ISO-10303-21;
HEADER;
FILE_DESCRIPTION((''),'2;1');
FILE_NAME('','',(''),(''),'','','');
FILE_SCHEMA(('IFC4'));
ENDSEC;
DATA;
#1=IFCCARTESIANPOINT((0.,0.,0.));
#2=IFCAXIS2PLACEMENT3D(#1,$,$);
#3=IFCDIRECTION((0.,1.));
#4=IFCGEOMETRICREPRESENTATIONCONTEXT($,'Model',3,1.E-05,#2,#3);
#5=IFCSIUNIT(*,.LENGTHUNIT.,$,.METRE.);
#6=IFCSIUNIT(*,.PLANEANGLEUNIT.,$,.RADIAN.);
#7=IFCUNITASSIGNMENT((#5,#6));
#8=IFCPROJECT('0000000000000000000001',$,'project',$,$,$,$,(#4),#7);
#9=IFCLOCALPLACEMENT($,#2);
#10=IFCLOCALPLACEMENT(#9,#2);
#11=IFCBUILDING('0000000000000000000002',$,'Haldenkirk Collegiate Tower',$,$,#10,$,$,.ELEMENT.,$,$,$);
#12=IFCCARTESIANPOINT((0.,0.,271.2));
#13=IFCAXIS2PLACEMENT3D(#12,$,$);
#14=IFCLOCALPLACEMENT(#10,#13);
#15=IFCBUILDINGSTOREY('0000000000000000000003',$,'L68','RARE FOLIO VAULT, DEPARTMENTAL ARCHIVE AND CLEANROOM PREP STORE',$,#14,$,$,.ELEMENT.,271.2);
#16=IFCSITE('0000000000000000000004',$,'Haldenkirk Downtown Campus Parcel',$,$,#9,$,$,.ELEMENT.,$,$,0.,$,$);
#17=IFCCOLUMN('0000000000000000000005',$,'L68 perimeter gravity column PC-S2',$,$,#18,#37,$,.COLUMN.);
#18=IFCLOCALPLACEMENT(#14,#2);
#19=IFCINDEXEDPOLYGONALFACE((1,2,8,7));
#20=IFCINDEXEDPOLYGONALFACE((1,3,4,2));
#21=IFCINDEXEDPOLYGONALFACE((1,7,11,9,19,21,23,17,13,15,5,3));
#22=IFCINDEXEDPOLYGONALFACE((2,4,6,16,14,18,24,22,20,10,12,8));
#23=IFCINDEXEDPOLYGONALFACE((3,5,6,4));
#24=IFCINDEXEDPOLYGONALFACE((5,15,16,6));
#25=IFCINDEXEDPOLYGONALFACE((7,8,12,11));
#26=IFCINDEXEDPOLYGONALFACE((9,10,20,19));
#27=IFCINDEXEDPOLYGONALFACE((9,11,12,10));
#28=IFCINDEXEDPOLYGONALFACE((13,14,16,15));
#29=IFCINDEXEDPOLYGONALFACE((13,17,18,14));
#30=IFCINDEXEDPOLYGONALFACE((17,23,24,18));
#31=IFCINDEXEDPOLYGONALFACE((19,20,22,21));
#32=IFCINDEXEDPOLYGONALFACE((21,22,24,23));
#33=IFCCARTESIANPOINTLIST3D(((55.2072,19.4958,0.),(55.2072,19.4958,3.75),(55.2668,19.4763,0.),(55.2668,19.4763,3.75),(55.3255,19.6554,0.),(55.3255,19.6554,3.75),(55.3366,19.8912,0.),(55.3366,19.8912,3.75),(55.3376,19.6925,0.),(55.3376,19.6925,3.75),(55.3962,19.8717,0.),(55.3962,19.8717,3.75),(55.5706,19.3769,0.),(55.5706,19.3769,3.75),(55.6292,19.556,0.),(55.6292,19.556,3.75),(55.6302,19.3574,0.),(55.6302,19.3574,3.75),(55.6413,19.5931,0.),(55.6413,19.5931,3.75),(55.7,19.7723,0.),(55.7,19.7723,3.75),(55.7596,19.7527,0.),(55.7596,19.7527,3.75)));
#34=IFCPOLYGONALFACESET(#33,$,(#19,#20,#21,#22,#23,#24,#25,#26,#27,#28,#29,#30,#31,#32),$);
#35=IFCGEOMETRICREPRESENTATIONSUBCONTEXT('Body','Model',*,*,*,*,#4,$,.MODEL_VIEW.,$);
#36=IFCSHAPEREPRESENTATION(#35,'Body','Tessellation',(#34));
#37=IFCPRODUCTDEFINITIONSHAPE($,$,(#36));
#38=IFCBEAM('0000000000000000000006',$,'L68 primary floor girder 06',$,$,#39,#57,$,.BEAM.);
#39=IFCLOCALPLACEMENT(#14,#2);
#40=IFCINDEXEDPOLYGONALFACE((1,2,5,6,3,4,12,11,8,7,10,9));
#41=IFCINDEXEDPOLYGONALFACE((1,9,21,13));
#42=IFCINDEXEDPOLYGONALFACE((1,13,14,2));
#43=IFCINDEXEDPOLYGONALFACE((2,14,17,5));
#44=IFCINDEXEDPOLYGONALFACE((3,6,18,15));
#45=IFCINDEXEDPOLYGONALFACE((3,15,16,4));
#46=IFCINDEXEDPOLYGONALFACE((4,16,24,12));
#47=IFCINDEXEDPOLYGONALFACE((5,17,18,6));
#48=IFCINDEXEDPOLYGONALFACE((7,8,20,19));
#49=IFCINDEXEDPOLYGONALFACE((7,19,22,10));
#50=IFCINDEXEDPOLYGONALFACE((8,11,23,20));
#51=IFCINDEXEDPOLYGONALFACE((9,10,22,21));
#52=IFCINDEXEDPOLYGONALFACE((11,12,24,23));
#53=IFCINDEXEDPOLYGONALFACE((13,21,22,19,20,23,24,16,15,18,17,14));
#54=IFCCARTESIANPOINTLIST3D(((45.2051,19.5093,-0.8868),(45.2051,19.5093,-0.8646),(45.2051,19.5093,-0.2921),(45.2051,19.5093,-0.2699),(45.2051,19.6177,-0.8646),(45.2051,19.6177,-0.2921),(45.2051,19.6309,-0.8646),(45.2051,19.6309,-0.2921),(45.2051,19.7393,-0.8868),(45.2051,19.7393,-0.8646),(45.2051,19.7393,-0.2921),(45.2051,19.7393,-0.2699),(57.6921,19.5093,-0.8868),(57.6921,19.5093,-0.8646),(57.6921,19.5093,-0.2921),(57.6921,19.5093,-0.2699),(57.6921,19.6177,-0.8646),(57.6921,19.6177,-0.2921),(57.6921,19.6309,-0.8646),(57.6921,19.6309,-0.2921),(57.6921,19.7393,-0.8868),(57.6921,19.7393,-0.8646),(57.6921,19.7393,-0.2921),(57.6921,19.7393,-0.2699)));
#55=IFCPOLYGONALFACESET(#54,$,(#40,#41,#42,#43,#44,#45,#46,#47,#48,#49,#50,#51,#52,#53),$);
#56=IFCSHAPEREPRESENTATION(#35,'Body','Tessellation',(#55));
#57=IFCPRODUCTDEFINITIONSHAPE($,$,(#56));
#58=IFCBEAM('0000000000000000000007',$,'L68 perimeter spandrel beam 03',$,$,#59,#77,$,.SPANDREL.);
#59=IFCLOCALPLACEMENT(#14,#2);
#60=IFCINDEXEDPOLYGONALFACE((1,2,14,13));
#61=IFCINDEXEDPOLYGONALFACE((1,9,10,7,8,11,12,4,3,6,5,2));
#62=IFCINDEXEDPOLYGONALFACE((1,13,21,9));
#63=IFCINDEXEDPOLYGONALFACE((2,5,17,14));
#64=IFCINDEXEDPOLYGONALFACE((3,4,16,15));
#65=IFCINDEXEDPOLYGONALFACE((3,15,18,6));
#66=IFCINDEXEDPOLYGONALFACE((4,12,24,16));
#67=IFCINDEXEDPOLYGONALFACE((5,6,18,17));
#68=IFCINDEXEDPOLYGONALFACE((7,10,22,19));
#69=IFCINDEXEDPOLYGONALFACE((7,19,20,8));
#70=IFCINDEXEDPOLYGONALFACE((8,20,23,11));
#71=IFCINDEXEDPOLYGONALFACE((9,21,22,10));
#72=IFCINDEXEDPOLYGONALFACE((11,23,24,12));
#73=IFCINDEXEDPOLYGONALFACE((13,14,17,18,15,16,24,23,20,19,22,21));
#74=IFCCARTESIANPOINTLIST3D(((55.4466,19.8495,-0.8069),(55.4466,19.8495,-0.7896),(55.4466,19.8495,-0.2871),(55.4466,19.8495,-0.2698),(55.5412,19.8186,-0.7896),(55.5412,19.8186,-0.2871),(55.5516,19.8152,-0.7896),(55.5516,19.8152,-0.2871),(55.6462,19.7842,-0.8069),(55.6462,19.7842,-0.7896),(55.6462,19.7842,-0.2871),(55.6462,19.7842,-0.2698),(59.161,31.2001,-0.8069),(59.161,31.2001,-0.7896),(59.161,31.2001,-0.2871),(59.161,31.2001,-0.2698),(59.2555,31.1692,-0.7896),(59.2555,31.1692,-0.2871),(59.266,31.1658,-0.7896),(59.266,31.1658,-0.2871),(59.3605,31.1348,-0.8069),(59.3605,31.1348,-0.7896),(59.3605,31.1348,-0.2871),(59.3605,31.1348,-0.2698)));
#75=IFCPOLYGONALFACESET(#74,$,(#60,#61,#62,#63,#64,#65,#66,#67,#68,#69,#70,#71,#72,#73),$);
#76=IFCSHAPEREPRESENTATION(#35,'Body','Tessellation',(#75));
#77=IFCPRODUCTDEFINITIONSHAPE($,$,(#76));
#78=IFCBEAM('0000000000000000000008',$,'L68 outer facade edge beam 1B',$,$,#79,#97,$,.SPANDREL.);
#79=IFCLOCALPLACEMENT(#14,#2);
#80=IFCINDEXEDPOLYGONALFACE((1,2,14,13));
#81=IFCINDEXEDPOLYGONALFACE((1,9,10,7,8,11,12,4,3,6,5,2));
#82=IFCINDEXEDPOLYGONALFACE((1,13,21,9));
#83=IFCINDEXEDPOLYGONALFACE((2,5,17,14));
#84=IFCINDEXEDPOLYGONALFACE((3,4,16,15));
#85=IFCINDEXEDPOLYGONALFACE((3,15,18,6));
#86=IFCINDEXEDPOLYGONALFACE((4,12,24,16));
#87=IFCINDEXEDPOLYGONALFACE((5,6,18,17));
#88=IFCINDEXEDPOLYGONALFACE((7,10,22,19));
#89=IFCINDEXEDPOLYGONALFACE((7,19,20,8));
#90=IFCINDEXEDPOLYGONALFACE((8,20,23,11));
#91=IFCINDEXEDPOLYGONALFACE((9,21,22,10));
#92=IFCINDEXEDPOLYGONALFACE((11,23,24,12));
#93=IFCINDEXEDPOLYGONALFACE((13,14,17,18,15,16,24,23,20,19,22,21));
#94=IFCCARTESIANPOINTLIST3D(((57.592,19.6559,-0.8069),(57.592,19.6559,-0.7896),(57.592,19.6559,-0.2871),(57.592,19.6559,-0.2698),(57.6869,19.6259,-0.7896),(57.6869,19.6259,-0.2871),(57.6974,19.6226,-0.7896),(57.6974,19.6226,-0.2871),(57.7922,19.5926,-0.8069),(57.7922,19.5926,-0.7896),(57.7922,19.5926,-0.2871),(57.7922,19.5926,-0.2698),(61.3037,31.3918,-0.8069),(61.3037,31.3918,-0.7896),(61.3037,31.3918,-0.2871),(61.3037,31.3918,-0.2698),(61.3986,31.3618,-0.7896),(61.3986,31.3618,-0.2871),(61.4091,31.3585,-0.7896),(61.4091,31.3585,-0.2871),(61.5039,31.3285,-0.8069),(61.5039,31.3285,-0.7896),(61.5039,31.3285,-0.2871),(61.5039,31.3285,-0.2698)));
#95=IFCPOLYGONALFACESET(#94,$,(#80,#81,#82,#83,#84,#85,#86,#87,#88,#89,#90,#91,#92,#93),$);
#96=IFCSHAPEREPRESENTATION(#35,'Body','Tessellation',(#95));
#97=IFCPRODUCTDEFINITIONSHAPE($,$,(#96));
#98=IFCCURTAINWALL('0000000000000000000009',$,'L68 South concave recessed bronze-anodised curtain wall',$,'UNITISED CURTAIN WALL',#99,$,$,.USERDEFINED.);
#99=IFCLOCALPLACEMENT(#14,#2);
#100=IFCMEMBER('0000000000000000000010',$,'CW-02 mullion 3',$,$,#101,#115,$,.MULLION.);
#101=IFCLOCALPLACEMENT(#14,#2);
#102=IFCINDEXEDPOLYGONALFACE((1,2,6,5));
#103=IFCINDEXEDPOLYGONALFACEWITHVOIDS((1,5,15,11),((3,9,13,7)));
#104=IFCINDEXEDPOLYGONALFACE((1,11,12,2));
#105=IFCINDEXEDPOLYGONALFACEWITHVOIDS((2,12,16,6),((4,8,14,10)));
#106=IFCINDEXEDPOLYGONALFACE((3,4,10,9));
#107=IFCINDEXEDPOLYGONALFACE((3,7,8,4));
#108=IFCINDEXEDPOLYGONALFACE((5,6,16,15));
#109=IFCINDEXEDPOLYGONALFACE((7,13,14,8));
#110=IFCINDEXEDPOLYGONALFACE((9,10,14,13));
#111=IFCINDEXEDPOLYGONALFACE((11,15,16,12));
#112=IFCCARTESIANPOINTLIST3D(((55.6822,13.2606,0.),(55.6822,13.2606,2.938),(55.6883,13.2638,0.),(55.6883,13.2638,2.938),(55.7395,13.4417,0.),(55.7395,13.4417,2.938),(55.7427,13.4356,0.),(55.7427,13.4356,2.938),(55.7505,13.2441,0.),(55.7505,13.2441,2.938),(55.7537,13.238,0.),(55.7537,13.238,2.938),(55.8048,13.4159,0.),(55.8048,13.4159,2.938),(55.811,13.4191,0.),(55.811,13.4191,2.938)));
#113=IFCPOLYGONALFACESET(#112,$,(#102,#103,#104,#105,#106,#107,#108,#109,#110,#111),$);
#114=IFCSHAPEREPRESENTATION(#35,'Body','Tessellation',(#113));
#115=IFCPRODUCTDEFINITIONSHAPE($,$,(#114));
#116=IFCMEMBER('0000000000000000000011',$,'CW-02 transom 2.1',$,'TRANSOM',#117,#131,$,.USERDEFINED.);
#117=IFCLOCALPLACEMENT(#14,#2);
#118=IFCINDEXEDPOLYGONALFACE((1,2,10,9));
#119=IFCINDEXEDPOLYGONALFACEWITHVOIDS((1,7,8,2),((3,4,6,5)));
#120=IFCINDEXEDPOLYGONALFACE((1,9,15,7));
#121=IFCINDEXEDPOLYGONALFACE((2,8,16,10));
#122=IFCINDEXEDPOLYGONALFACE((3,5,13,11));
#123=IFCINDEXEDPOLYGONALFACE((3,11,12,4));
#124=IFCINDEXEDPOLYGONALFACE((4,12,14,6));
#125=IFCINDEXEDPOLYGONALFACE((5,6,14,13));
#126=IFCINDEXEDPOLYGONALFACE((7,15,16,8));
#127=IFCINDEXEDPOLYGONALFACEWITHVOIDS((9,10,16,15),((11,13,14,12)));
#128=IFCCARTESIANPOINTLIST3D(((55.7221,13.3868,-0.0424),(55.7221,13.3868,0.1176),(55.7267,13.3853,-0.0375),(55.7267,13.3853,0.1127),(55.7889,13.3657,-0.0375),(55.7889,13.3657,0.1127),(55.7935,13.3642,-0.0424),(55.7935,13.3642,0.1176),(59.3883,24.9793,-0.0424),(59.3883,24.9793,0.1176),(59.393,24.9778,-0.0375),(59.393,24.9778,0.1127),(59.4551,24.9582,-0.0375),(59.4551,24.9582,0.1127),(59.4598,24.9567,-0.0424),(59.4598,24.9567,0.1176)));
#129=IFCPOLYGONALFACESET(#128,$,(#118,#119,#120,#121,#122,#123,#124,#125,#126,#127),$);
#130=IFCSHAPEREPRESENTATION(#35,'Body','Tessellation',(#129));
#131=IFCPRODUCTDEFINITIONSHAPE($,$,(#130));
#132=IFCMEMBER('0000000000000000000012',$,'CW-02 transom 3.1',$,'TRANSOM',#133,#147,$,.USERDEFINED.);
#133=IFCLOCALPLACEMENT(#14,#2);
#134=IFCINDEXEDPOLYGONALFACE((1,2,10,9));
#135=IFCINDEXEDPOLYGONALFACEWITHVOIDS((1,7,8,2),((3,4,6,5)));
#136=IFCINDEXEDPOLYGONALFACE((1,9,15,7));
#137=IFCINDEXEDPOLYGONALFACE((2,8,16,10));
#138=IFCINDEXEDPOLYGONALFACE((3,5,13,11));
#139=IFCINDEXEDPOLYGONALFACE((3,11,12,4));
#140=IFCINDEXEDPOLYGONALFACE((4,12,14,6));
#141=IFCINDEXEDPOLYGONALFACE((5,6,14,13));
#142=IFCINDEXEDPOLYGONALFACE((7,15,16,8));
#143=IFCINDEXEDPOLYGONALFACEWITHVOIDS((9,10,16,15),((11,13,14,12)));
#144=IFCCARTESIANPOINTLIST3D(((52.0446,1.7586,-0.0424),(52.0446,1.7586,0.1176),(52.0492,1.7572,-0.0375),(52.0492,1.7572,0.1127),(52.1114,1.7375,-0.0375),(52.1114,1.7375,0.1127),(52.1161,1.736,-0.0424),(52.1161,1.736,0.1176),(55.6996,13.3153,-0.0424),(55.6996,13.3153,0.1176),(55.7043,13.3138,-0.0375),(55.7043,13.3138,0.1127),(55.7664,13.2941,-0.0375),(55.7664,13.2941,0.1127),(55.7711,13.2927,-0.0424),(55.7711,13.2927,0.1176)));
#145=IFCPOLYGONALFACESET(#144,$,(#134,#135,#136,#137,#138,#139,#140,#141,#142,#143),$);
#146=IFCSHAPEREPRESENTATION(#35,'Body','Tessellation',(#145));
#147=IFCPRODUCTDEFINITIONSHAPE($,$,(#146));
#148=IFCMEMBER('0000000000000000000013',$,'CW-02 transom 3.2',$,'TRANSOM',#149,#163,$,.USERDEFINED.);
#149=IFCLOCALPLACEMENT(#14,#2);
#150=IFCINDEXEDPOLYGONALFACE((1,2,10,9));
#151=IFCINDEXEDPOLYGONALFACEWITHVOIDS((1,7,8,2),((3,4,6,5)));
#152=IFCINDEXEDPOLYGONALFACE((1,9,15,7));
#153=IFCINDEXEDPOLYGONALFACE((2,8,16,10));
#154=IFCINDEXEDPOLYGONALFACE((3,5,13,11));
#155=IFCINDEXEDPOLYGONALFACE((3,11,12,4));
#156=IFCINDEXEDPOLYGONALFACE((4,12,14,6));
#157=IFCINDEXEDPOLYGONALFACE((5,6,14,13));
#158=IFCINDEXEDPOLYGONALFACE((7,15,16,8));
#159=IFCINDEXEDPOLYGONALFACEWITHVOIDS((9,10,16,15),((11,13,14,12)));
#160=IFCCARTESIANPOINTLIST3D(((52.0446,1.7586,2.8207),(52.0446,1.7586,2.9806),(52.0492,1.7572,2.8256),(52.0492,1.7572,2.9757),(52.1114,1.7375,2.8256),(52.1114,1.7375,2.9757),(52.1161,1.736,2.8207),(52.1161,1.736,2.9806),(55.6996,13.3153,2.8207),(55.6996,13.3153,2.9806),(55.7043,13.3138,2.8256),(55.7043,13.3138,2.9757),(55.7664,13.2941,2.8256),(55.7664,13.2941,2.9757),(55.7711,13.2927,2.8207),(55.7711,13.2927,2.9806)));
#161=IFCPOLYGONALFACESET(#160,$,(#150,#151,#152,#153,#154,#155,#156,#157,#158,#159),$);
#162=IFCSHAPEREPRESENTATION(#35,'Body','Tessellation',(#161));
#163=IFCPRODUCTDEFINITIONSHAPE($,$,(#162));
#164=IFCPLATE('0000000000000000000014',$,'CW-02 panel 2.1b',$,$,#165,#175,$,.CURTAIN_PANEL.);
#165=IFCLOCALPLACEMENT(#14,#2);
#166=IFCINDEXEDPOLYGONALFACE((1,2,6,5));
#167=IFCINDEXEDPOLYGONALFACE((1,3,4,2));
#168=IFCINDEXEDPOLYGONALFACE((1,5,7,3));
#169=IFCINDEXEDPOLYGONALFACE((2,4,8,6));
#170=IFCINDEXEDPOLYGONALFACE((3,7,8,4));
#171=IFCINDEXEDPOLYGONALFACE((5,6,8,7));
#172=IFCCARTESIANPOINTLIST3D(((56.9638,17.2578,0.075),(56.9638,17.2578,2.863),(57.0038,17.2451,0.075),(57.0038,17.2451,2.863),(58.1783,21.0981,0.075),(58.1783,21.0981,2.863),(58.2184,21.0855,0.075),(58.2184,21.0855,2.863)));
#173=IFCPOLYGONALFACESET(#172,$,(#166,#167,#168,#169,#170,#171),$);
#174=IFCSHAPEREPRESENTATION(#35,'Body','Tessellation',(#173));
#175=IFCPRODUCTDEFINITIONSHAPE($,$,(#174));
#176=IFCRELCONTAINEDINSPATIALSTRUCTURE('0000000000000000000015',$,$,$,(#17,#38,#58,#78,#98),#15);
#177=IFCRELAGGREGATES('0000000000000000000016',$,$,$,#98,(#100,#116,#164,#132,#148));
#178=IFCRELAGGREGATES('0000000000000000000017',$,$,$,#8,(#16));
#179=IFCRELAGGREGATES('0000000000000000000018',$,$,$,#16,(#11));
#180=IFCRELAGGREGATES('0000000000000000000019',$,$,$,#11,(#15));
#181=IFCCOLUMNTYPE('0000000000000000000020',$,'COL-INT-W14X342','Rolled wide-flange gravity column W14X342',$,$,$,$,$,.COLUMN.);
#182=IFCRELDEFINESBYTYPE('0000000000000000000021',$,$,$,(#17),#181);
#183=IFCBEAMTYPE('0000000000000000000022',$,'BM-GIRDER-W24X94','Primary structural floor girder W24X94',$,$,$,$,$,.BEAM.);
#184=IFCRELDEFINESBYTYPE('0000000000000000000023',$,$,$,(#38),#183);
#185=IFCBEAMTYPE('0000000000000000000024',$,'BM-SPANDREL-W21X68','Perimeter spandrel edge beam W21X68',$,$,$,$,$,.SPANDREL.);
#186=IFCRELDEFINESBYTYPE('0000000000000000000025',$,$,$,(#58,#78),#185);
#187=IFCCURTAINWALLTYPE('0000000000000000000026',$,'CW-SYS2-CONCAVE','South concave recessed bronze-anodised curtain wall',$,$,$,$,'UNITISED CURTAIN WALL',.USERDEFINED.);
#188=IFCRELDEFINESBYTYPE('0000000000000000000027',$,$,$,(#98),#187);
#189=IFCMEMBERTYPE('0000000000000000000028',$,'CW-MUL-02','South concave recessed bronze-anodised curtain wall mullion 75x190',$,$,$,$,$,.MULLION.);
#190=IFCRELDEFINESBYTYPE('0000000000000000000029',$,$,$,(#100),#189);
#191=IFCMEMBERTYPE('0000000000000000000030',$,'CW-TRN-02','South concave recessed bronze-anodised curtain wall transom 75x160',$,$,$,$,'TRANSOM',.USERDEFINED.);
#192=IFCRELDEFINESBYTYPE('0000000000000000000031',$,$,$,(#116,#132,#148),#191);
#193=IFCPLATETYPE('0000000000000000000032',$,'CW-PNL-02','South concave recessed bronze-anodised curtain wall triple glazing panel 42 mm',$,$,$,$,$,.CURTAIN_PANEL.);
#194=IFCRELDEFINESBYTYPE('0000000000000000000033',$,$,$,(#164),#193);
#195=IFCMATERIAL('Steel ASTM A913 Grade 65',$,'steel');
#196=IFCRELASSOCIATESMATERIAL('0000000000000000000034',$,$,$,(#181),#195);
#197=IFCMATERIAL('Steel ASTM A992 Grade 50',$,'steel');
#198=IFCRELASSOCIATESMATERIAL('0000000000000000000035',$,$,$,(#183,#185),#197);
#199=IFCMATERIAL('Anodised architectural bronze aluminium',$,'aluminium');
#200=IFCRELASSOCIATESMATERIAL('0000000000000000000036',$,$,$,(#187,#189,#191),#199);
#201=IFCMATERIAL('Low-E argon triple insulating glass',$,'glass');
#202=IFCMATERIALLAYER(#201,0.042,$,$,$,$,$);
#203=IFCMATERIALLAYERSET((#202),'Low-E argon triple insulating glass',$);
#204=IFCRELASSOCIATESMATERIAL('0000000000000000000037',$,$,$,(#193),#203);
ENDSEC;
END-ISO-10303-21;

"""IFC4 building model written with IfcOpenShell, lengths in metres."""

from ifc_helpers import new_model, si_unit, direction, frame, origin, origin_2d, place, context, subcontext, project, spatial, rectangle, hollow_rectangle, i_section, extrude, source, transform, mapped, material, layer, layer_set, material_profile, profile_set, type_object, element, aggregate, save


model = new_model("IFC4")

# Units and contexts
model_context = context("Model", 3, precision=1e-05, world=origin(), true_north=direction((0.0, 1.0)))
body_context = subcontext(model_context, "Body", "Model", "MODEL_VIEW")
ifc_project = project(units=[si_unit("LENGTHUNIT", "METRE"), si_unit("PLANEANGLEUNIT", "RADIAN")], contexts=[model_context])

# Site, building, storey
site_placement = place(None, origin())
site = spatial("IfcSite", under=ifc_project, at=site_placement, Name="Haldenkirk Downtown Campus Parcel", CompositionType="ELEMENT", RefElevation=0.0)
building_placement = place(site_placement, origin())
building = spatial("IfcBuilding", under=site, at=building_placement, Name="Haldenkirk Collegiate Tower", CompositionType="ELEMENT")
storey_placement = place(building_placement, frame((0.0, 0.0, 271.2)))
storey = spatial("IfcBuildingStorey", under=building, at=storey_placement, Name="L68", Description="RARE FOLIO VAULT, DEPARTMENTAL ARCHIVE AND CLEANROOM PREP STORE", CompositionType="ELEMENT", Elevation=271.2)

# Column
ifc_material_1 = material(Name="Steel ASTM A913 Grade 65", Category="steel")
ifc_material_profile_1 = material_profile(ifc_material_1, i_section(OverallWidth=0.416, OverallDepth=0.4451, WebThickness=0.0391, FlangeThickness=0.0627, at=origin_2d()), Name="W14X342")
ifc_profile_set_1 = profile_set([ifc_material_profile_1], Name="Steel ASTM A913 Grade 65")
column_type = type_object("IfcColumnType", Name="COL-INT-W14X342", Description="Rolled wide-flange gravity column W14X342", PredefinedType="COLUMN", material=ifc_profile_set_1)
column_placement = place(storey_placement, frame((55.4834, 19.6243, 0.0), z_axis=(0.0, 0.0, 1.0), x_axis=(0.311008, 0.950407, 0.0)))
element("IfcColumn", 1, at=column_placement, inside=storey, type_object=column_type, Name="L68 perimeter gravity column PC-S2", PredefinedType="COLUMN", context=body_context, shape_type="SweptSolid", body=[
    extrude(i_section(OverallWidth=0.416, OverallDepth=0.4451, WebThickness=0.0391, FlangeThickness=0.0627, at=origin_2d()), origin(), (0.0, 0.0, 1.0), 3.75),
])

# Beams
ifc_material_2 = material(Name="Steel ASTM A992 Grade 50", Category="steel")
ifc_material_profile_2 = material_profile(ifc_material_2, i_section(OverallWidth=0.23, OverallDepth=0.6169, WebThickness=0.0132, FlangeThickness=0.0222, at=origin_2d()), Name="W24X94")
ifc_profile_set_2 = profile_set([ifc_material_profile_2], Name="Steel ASTM A992 Grade 50")
beam_type_1 = type_object("IfcBeamType", Name="BM-GIRDER-W24X94", Description="Primary structural floor girder W24X94", PredefinedType="BEAM", material=ifc_profile_set_2)
beam_1_placement = place(storey_placement, frame((57.6921, 19.6243, -0.5784), z_axis=(-1.0, 0.0, 0.0), x_axis=(0.0, -1.0, 0.0)))
element("IfcBeam", 2, at=beam_1_placement, inside=storey, type_object=beam_type_1, Name="L68 primary floor girder 06", PredefinedType="BEAM", context=body_context, shape_type="SweptSolid", body=[
    extrude(i_section(OverallWidth=0.23, OverallDepth=0.6169, WebThickness=0.0132, FlangeThickness=0.0222, at=origin_2d()), origin(), (0.0, 0.0, 1.0), 12.4871),
])
ifc_material_profile_3 = material_profile(ifc_material_2, i_section(OverallWidth=0.21, OverallDepth=0.5371, WebThickness=0.011, FlangeThickness=0.0173, at=origin_2d()), Name="W21X68")
ifc_profile_set_3 = profile_set([ifc_material_profile_3], Name="Steel ASTM A992 Grade 50")
beam_type_2 = type_object("IfcBeamType", Name="BM-SPANDREL-W21X68", Description="Perimeter spandrel edge beam W21X68", PredefinedType="SPANDREL", material=ifc_profile_set_3)
beam_2_placement = place(storey_placement, frame((55.5464, 19.8169, -0.5383), z_axis=(0.31101, 0.950407, 0.0), x_axis=(-0.950407, 0.31101, 0.0)))
element("IfcBeam", 3, at=beam_2_placement, inside=storey, type_object=beam_type_2, Name="L68 perimeter spandrel beam 03", PredefinedType="SPANDREL", context=body_context, shape_type="SweptSolid", body=[
    extrude(i_section(OverallWidth=0.21, OverallDepth=0.5371, WebThickness=0.011, FlangeThickness=0.0173, at=origin_2d()), origin(), (0.0, 0.0, 1.0), 11.9429),
])
beam_3_placement = place(storey_placement, frame((57.6921, 19.6243, -0.5383), z_axis=(0.301546, 0.953452, 0.0), x_axis=(-0.953452, 0.301546, 0.0)))
element("IfcBeam", 4, at=beam_3_placement, inside=storey, type_object=beam_type_2, Name="L68 outer facade edge beam 1B", PredefinedType="SPANDREL", context=body_context, shape_type="SweptSolid", body=[
    extrude(i_section(OverallWidth=0.21, OverallDepth=0.5371, WebThickness=0.011, FlangeThickness=0.0173, at=origin_2d()), origin(), (0.0, 0.0, 1.0), 12.3088),
])

# Curtain wall, members, plate
ifc_material_3 = material(Name="Anodised architectural bronze aluminium", Category="aluminium")
curtain_wall_type = type_object("IfcCurtainWallType", Name="CW-SYS2-CONCAVE", Description="South concave recessed bronze-anodised curtain wall", ElementType="UNITISED CURTAIN WALL", PredefinedType="USERDEFINED", material=ifc_material_3)
curtain_wall_placement = place(storey_placement, origin())
curtain_wall = element("IfcCurtainWall", 5, at=curtain_wall_placement, inside=storey, type_object=curtain_wall_type, Name="L68 South concave recessed bronze-anodised curtain wall", ObjectType="UNITISED CURTAIN WALL", PredefinedType="USERDEFINED")
ifc_material_profile_4 = material_profile(ifc_material_3, hollow_rectangle(XDim=0.075, YDim=0.1899, WallThickness=0.0049, at=origin_2d()), Name="CW-MUL-02")
ifc_profile_set_4 = profile_set([ifc_material_profile_4], Name="Anodised architectural bronze aluminium")
member_type_1 = type_object("IfcMemberType", Name="CW-MUL-02", Description="South concave recessed bronze-anodised curtain wall mullion 75x190", PredefinedType="MULLION", material=ifc_profile_set_4)
member_1_placement = place(storey_placement, frame((55.7466, 13.3398, 0.0), z_axis=(0.0, 0.0, 1.0), x_axis=(0.953455, -0.301537, 0.0)))
member_1 = element("IfcMember", 6, at=member_1_placement, type_object=member_type_1, Name="CW-02 mullion 3", PredefinedType="MULLION", context=body_context, shape_type="SweptSolid", body=[
    extrude(hollow_rectangle(XDim=0.075, YDim=0.1899, WallThickness=0.0049, at=origin_2d()), origin(), (0.0, 0.0, 1.0), 2.938),
])
ifc_material_profile_5 = material_profile(ifc_material_3, hollow_rectangle(XDim=0.075, YDim=0.1599, WallThickness=0.0049, at=origin_2d()), Name="CW-TRN-02")
ifc_profile_set_5 = profile_set([ifc_material_profile_5], Name="Anodised architectural bronze aluminium")
member_type_2 = type_object("IfcMemberType", Name="CW-TRN-02", Description="South concave recessed bronze-anodised curtain wall transom 75x160", ElementType="TRANSOM", PredefinedType="USERDEFINED", material=ifc_profile_set_5)
member_2_placement = place(storey_placement, frame((59.4241, 24.968, 0.0376), z_axis=(-0.30154, -0.953454, 0.0), x_axis=(0.953454, -0.30154, 0.0)))
member_2 = element("IfcMember", 7, at=member_2_placement, type_object=member_type_2, Name="CW-02 transom 2.1", ObjectType="TRANSOM", PredefinedType="USERDEFINED", context=body_context, shape_type="SweptSolid", body=[
    extrude(hollow_rectangle(XDim=0.075, YDim=0.1599, WallThickness=0.0049, at=origin_2d()), origin(), (0.0, 0.0, 1.0), 12.1584),
])
member_3_placement = place(storey_placement, frame((55.7354, 13.304, 0.0376), z_axis=(-0.301549, -0.953451, 0.0), x_axis=(0.953451, -0.301549, 0.0)))
member_3 = element("IfcMember", 8, at=member_3_placement, type_object=member_type_2, Name="CW-02 transom 3.1", ObjectType="TRANSOM", PredefinedType="USERDEFINED", context=body_context, shape_type="SweptSolid", body=[
    extrude(hollow_rectangle(XDim=0.075, YDim=0.1599, WallThickness=0.0049, at=origin_2d()), origin(), (0.0, 0.0, 1.0), 12.1208),
])
member_4_placement = place(storey_placement, frame((55.7354, 13.304, 2.9006), z_axis=(-0.301549, -0.953451, 0.0), x_axis=(0.953451, -0.301549, 0.0)))
member_4 = element("IfcMember", 9, at=member_4_placement, type_object=member_type_2, Name="CW-02 transom 3.2", ObjectType="TRANSOM", PredefinedType="USERDEFINED", context=body_context, shape_type="SweptSolid", body=[
    extrude(hollow_rectangle(XDim=0.075, YDim=0.1599, WallThickness=0.0049, at=origin_2d()), origin(), (0.0, 0.0, 1.0), 12.1208),
])
ifc_material_4 = material(Name="Low-E argon triple insulating glass", Category="glass")
ifc_layer_1 = layer(ifc_material_4, 0.042)
ifc_layer_set_1 = layer_set([ifc_layer_1], Name="Low-E argon triple insulating glass")
plate_type_1 = type_object("IfcPlateType", Name="CW-PNL-02", Description="South concave recessed bronze-anodised curtain wall triple glazing panel 42 mm", PredefinedType="CURTAIN_PANEL", material=ifc_layer_set_1)
shared_shape_1 = source(origin(), body_context, "Body", "SweptSolid", [
    extrude(rectangle(XDim=4.0278, YDim=0.042, at=origin_2d()), origin(), (0.0, 0.0, 1.0), 2.7881),
])
plate_1_placement = place(storey_placement, frame((57.5911, 19.1716, 0.075), z_axis=(0.0, 0.0, 1.0), x_axis=(-0.301537, -0.953455, 0.0)))
plate_1 = element("IfcPlate", 10, at=plate_1_placement, type_object=plate_type_1, Name="CW-02 panel 2.1b", PredefinedType="CURTAIN_PANEL", context=body_context, shape_type="MappedRepresentation", body=[
    mapped(shared_shape_1, transform((0.0, 0.0, 0.0), x_axis=(1.0, 0.0, 0.0), y_axis=(0.0, 1.0, 0.0), z_axis=(0.0, 0.0, 1.0), scale=1.0)),
])
aggregate(curtain_wall, [member_1, member_2, plate_1, member_3, member_4])

save(model, "model.ifc")
